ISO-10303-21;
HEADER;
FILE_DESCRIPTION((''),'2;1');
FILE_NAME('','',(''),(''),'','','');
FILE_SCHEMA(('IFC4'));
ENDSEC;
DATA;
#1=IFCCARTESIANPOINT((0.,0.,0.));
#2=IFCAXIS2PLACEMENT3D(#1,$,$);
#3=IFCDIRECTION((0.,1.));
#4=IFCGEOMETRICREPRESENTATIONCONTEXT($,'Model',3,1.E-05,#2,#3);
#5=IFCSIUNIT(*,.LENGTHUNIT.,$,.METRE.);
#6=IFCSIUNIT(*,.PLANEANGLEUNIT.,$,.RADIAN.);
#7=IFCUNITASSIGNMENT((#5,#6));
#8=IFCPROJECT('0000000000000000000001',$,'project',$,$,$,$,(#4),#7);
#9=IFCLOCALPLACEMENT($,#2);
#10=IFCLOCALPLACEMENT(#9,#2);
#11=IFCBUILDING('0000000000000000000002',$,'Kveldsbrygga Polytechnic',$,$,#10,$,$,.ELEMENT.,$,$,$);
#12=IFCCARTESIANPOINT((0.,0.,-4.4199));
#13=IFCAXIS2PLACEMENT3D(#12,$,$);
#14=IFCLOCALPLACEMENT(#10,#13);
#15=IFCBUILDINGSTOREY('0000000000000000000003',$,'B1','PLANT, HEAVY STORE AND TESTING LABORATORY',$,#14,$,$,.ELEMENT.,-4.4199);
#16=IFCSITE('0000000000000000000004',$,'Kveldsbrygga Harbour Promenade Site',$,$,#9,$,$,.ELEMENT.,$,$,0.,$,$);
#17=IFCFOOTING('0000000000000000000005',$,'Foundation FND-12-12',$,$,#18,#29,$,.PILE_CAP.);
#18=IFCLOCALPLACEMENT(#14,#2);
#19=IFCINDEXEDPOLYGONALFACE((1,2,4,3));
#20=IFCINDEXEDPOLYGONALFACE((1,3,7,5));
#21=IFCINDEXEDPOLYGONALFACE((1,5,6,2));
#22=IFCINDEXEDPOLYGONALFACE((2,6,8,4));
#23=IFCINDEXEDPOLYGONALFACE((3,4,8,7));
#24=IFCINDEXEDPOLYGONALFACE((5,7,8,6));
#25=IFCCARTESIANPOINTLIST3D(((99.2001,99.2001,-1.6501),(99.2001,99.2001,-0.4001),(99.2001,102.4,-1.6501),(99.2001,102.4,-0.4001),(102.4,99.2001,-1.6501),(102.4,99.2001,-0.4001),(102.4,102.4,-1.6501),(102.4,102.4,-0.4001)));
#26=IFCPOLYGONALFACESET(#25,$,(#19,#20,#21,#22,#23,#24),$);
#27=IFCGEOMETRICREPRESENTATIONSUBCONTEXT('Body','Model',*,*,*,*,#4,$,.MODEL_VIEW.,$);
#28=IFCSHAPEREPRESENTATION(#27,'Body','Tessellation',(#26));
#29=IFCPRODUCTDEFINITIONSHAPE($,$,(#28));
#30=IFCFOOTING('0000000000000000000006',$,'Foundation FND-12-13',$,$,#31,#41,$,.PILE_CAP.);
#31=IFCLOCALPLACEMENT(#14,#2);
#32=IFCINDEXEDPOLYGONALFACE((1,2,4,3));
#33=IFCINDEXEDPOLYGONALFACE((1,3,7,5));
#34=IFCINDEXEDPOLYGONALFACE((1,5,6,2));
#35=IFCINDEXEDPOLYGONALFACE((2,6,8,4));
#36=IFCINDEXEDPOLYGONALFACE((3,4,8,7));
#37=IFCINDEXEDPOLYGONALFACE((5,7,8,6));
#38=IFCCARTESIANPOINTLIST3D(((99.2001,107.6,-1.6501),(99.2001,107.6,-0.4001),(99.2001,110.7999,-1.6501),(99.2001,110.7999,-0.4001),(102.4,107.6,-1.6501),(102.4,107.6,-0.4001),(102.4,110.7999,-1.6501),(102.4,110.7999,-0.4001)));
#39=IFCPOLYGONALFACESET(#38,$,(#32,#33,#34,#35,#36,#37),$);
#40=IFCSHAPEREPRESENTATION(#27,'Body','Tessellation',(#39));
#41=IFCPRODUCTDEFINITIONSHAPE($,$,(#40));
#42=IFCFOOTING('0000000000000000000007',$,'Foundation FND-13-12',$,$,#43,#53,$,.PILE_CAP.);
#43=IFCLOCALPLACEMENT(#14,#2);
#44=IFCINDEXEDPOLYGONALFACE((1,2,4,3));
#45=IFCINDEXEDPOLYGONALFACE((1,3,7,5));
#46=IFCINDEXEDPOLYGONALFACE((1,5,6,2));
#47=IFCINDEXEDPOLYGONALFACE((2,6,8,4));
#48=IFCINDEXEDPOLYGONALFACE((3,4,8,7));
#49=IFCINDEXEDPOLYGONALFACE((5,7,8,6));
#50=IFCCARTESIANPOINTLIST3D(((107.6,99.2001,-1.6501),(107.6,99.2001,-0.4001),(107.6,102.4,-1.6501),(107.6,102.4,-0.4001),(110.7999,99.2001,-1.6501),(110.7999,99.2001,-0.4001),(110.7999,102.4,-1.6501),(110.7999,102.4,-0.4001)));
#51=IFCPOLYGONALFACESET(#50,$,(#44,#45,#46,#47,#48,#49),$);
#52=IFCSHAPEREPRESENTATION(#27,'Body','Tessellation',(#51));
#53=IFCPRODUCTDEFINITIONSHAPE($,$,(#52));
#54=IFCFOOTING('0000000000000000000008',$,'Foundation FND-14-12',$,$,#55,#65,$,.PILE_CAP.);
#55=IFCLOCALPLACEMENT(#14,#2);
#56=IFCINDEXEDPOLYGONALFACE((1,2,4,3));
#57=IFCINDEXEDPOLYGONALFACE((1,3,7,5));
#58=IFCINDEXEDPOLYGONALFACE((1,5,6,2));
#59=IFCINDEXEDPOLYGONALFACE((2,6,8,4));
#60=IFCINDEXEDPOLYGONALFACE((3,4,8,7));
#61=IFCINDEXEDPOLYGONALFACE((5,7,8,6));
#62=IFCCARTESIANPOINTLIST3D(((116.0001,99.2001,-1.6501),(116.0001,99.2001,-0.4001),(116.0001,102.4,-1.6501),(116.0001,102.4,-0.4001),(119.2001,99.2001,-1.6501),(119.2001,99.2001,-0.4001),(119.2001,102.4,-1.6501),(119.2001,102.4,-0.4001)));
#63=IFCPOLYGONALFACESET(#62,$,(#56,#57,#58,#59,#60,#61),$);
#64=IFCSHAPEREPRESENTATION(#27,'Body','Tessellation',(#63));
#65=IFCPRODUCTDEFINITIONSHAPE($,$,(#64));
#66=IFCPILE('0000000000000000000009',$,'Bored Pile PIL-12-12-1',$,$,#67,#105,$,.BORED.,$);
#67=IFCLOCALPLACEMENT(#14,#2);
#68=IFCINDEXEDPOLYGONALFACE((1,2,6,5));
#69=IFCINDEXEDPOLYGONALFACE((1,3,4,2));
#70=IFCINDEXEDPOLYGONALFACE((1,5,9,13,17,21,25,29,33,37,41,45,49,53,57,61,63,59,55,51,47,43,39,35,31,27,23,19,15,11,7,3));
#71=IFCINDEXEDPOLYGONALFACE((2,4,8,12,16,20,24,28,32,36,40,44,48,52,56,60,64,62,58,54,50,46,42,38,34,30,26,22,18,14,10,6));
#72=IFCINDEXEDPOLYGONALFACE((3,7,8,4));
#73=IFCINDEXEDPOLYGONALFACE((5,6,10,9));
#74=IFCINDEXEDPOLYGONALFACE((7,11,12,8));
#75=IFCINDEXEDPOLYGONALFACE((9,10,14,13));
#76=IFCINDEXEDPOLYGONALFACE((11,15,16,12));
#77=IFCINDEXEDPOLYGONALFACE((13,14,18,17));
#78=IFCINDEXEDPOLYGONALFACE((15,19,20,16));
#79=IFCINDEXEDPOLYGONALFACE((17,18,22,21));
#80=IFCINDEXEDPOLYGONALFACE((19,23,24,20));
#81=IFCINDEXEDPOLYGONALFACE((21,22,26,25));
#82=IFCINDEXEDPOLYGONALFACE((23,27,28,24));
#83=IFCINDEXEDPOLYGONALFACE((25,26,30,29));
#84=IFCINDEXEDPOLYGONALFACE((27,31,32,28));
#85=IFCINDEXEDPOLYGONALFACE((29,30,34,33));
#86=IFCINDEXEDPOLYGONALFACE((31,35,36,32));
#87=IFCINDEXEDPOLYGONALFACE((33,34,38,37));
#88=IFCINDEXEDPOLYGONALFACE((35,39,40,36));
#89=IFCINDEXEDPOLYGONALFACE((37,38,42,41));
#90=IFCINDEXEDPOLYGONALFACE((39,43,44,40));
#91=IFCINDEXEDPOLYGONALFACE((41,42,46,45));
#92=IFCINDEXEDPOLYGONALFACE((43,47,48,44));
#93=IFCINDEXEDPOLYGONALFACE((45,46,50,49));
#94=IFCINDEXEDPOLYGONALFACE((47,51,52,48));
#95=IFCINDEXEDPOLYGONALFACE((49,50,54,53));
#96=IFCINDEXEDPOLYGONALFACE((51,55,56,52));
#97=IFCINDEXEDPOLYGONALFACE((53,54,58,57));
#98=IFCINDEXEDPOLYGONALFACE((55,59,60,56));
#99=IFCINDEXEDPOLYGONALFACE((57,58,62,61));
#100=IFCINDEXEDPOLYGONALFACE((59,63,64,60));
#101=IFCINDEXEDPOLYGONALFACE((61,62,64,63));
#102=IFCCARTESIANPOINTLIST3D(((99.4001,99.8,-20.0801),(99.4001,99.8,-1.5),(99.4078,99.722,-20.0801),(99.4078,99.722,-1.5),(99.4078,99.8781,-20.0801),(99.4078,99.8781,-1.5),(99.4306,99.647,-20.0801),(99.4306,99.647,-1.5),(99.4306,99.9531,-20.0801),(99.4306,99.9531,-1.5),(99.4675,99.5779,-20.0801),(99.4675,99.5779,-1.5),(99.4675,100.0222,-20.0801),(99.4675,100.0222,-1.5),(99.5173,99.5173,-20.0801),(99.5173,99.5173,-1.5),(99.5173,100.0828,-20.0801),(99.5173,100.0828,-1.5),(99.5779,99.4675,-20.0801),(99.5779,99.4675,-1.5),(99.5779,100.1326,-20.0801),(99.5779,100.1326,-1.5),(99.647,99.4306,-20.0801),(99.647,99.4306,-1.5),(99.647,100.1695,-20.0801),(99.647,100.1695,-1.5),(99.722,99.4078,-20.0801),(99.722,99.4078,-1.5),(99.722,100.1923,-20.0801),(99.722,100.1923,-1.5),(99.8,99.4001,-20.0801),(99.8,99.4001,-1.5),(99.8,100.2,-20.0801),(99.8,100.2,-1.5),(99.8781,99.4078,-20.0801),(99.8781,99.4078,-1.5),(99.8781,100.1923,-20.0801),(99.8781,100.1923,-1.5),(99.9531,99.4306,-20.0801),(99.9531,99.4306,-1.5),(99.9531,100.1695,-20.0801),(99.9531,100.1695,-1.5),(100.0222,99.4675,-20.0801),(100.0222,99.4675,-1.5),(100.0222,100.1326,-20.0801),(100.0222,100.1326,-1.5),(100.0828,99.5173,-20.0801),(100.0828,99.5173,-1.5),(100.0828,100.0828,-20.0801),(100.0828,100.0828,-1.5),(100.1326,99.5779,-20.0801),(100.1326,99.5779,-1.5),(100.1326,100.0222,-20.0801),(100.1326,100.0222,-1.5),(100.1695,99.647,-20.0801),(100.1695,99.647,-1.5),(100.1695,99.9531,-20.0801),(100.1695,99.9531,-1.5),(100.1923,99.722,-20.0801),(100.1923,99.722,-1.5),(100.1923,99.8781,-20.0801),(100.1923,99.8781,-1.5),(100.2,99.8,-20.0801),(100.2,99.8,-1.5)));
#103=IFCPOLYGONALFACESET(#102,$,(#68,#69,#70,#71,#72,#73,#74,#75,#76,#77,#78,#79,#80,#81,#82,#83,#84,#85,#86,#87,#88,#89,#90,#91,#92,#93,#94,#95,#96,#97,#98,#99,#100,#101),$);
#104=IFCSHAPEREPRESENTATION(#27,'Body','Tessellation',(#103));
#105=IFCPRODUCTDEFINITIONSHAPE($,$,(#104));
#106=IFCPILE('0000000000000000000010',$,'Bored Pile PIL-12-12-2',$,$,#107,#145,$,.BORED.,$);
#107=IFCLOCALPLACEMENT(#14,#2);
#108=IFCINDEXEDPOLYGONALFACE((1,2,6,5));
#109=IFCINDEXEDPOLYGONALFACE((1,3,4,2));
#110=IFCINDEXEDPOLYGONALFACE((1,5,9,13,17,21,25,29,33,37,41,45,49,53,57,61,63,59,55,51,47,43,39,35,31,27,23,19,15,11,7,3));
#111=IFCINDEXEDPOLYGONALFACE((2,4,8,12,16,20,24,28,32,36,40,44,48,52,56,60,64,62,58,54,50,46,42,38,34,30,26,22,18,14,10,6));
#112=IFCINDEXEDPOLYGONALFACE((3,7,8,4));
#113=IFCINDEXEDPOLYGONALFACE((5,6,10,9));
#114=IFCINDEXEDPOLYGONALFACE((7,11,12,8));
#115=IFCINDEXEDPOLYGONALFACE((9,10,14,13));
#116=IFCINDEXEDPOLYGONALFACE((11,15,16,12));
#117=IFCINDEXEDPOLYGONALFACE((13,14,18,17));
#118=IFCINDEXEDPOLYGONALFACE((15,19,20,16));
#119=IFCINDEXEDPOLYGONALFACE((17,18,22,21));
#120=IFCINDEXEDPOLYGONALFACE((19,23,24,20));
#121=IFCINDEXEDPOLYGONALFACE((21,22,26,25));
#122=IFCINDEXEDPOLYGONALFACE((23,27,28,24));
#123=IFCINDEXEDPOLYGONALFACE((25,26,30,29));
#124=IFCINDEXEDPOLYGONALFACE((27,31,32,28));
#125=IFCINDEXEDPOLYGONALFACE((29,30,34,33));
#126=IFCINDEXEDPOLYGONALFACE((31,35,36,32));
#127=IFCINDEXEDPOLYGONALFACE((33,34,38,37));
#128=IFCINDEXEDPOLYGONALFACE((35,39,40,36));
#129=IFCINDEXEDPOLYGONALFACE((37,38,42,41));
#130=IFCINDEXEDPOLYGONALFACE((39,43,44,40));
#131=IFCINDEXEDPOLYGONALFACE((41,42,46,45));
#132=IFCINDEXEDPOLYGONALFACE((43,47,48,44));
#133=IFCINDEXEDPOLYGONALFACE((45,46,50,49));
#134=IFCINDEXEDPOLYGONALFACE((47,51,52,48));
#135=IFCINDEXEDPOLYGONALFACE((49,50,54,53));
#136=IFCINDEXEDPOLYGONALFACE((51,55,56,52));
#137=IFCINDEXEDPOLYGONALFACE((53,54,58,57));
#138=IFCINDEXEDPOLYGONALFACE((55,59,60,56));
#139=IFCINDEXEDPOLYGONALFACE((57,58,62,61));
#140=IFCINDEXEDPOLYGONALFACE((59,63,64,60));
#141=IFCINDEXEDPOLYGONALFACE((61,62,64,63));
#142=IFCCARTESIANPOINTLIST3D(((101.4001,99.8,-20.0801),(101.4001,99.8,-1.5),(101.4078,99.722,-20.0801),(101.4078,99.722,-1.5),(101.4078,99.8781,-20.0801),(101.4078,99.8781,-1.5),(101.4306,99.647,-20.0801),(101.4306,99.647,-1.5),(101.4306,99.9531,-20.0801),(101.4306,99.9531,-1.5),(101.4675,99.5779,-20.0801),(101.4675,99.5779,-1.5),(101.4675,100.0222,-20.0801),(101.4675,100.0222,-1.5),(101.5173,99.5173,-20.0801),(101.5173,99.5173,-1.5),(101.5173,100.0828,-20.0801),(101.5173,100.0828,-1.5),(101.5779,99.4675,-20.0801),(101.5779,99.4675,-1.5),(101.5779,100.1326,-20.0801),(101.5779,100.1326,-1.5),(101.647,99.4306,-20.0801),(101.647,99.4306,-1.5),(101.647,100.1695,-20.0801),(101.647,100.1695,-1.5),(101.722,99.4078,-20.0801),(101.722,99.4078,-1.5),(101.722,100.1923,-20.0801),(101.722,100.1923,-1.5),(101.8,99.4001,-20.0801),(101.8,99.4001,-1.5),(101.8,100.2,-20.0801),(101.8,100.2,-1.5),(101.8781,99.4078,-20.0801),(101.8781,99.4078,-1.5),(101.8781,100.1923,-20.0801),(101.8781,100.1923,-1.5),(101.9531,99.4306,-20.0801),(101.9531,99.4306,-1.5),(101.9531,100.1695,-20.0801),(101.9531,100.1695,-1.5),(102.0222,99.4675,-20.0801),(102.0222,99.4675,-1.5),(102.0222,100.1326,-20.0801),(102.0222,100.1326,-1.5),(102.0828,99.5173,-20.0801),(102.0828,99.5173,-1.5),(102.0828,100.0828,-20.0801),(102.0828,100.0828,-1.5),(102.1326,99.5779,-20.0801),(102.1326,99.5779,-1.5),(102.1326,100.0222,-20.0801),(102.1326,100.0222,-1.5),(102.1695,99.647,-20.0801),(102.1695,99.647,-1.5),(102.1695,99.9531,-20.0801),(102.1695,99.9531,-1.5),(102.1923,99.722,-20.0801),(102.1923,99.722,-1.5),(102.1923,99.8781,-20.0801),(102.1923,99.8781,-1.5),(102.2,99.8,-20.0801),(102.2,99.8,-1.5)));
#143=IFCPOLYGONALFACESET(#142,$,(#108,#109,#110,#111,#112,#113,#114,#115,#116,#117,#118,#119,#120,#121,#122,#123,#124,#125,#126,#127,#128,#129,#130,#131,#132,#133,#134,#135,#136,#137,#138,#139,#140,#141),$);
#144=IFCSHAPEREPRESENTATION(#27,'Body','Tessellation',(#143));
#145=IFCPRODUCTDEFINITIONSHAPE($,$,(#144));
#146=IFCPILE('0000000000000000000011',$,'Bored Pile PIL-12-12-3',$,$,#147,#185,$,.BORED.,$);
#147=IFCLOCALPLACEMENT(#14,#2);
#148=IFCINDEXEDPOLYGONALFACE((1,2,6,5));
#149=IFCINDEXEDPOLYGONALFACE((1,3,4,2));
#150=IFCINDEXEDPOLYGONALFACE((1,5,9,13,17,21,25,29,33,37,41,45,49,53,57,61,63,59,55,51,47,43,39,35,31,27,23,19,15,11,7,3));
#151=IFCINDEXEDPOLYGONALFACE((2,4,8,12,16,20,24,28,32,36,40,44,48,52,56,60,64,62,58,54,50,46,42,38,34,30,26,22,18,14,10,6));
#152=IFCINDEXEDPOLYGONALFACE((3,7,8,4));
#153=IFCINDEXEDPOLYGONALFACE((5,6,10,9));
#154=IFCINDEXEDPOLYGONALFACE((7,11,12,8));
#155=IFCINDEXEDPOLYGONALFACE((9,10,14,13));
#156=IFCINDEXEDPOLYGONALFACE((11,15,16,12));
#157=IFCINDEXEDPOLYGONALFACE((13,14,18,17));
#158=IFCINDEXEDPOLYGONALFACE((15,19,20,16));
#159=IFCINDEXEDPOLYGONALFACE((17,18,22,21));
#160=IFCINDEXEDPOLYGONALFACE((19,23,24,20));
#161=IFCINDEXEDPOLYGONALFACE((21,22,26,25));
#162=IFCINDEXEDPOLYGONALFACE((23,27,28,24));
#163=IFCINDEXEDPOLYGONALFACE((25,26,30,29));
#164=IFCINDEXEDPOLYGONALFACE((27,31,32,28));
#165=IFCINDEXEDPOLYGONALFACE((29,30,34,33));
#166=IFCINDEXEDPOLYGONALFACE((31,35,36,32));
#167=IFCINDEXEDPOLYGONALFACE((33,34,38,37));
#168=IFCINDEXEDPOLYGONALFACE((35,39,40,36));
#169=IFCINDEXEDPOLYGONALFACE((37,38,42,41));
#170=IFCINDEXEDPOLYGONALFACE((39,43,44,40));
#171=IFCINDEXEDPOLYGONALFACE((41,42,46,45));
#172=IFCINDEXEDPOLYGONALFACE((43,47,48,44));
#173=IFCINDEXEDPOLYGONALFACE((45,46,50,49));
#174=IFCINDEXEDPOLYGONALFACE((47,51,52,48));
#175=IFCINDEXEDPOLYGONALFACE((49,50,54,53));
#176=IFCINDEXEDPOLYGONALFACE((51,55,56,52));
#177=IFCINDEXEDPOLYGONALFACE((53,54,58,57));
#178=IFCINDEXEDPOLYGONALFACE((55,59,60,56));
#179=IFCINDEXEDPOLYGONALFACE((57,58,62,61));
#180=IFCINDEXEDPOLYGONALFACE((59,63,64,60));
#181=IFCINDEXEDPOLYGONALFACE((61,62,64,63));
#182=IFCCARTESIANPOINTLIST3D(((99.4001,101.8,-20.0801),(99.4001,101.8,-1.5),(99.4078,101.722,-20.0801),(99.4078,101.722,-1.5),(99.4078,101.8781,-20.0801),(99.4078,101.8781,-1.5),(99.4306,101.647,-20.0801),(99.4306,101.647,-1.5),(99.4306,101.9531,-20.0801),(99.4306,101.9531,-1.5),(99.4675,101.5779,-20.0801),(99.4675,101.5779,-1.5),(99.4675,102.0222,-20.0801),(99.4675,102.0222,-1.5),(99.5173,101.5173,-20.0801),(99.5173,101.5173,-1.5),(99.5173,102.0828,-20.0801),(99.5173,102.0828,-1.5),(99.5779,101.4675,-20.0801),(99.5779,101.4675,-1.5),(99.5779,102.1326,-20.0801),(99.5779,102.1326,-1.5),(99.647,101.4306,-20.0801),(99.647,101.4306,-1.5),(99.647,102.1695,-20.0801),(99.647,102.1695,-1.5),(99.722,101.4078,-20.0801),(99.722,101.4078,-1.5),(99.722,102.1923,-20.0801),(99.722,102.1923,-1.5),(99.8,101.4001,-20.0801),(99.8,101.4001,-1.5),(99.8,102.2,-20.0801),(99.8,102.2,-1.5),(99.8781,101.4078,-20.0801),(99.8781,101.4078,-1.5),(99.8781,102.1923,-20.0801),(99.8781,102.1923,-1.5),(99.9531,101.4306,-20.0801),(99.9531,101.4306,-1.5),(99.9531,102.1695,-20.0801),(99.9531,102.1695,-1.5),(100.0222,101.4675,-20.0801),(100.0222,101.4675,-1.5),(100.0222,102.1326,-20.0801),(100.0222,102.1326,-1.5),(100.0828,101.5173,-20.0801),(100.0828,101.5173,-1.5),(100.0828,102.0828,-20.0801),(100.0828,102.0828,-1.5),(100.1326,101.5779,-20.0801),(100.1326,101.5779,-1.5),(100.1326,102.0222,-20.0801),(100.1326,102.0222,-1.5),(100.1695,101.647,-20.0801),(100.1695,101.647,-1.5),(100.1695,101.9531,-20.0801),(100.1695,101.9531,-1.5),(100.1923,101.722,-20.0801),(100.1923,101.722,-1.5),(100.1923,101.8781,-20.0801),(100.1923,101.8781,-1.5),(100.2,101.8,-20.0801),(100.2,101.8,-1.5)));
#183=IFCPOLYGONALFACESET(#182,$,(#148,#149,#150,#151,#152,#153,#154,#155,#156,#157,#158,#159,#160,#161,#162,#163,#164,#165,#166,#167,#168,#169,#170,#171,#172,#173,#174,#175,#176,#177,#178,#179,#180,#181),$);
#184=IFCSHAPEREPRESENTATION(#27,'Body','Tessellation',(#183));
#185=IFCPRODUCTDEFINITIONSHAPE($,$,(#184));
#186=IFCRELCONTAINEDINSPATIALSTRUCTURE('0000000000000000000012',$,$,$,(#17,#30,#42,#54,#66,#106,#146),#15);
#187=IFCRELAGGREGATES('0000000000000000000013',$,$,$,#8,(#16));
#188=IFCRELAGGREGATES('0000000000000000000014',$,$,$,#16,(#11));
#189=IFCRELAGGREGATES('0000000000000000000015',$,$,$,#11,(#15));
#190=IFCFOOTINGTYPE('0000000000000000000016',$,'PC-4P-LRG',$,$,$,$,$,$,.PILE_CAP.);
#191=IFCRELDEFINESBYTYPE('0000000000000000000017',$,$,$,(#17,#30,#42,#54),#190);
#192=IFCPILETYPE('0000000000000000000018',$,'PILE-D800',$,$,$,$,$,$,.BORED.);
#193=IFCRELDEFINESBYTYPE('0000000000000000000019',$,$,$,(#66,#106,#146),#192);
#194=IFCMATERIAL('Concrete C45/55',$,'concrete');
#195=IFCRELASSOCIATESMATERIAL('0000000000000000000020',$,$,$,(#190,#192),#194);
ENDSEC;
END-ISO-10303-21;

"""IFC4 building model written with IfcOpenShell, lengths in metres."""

from ifc_helpers import new_model, si_unit, direction, frame, origin, origin_2d, place, context, subcontext, project, spatial, rectangle, circle, extrude, material, material_profile, profile_set, type_object, element, save


model = new_model("IFC4")

# Units and contexts
model_context = context("Model", 3, precision=1e-05, world=origin(), true_north=direction((0.0, 1.0)))
body_context = subcontext(model_context, "Body", "Model", "MODEL_VIEW")
ifc_project = project(units=[si_unit("LENGTHUNIT", "METRE"), si_unit("PLANEANGLEUNIT", "RADIAN")], contexts=[model_context])

# Site, building, storey
site_placement = place(None, origin())
site = spatial("IfcSite", under=ifc_project, at=site_placement, Name="Kveldsbrygga Harbour Promenade Site", CompositionType="ELEMENT", RefElevation=0.0)
building_placement = place(site_placement, origin())
building = spatial("IfcBuilding", under=site, at=building_placement, Name="Kveldsbrygga Polytechnic", CompositionType="ELEMENT")
storey_placement = place(building_placement, frame((0.0, 0.0, -4.4199)))
storey = spatial("IfcBuildingStorey", under=building, at=storey_placement, Name="B1", Description="PLANT, HEAVY STORE AND TESTING LABORATORY", CompositionType="ELEMENT", Elevation=-4.4199)

# Footings
ifc_material_1 = material(Name="Concrete C45/55", Category="concrete")
footing_type = type_object("IfcFootingType", Name="PC-4P-LRG", PredefinedType="PILE_CAP", material=ifc_material_1)
for number, where, z_axis, x_axis, name in (
    (1, (100.8, 100.8, -1.6501), (0.0, 0.0, 1.0), (1.0, 0.0, 0.0), "Foundation FND-12-12"),
    (2, (100.8, 109.2, -1.6501), (0.0, 0.0, 1.0), (1.0, 0.0, 0.0), "Foundation FND-12-13"),
    (3, (109.2, 100.8, -1.6501), (0.0, 0.0, 1.0), (1.0, 0.0, 0.0), "Foundation FND-13-12"),
    (4, (117.6001, 100.8, -1.6501), (0.0, 0.0, 1.0), (1.0, 0.0, 0.0), "Foundation FND-14-12"),
):
    element("IfcFooting", number, at=place(storey_placement, frame(where, z_axis=z_axis, x_axis=x_axis)), inside=storey, type_object=footing_type, Name=name, PredefinedType="PILE_CAP", context=body_context, shape_type="SweptSolid", body=[
        extrude(rectangle(XDim=3.2, YDim=3.2, at=origin_2d()), origin(), (0.0, 0.0, 1.0), 1.25),
    ])

# Piles
ifc_material_profile_1 = material_profile(ifc_material_1, circle(Radius=0.3999, at=origin_2d()), Name="PILE D800")
ifc_profile_set_1 = profile_set([ifc_material_profile_1], Name="Concrete C45/55")
pile_type = type_object("IfcPileType", Name="PILE-D800", PredefinedType="BORED", material=ifc_profile_set_1)
for number, where, z_axis, x_axis, name in (
    (5, (99.8, 99.8, -1.5), (0.0, 0.0, -1.0), (1.0, 0.0, 0.0), "Bored Pile PIL-12-12-1"),
    (6, (101.8, 99.8, -1.5), (0.0, 0.0, -1.0), (1.0, 0.0, 0.0), "Bored Pile PIL-12-12-2"),
    (7, (99.8, 101.8, -1.5), (0.0, 0.0, -1.0), (1.0, 0.0, 0.0), "Bored Pile PIL-12-12-3"),
):
    element("IfcPile", number, at=place(storey_placement, frame(where, z_axis=z_axis, x_axis=x_axis)), inside=storey, type_object=pile_type, Name=name, PredefinedType="BORED", context=body_context, shape_type="SweptSolid", body=[
        extrude(circle(Radius=0.3999, at=origin_2d()), origin(), (0.0, 0.0, 1.0), 18.5801),
    ])

save(model, "model.ifc")
